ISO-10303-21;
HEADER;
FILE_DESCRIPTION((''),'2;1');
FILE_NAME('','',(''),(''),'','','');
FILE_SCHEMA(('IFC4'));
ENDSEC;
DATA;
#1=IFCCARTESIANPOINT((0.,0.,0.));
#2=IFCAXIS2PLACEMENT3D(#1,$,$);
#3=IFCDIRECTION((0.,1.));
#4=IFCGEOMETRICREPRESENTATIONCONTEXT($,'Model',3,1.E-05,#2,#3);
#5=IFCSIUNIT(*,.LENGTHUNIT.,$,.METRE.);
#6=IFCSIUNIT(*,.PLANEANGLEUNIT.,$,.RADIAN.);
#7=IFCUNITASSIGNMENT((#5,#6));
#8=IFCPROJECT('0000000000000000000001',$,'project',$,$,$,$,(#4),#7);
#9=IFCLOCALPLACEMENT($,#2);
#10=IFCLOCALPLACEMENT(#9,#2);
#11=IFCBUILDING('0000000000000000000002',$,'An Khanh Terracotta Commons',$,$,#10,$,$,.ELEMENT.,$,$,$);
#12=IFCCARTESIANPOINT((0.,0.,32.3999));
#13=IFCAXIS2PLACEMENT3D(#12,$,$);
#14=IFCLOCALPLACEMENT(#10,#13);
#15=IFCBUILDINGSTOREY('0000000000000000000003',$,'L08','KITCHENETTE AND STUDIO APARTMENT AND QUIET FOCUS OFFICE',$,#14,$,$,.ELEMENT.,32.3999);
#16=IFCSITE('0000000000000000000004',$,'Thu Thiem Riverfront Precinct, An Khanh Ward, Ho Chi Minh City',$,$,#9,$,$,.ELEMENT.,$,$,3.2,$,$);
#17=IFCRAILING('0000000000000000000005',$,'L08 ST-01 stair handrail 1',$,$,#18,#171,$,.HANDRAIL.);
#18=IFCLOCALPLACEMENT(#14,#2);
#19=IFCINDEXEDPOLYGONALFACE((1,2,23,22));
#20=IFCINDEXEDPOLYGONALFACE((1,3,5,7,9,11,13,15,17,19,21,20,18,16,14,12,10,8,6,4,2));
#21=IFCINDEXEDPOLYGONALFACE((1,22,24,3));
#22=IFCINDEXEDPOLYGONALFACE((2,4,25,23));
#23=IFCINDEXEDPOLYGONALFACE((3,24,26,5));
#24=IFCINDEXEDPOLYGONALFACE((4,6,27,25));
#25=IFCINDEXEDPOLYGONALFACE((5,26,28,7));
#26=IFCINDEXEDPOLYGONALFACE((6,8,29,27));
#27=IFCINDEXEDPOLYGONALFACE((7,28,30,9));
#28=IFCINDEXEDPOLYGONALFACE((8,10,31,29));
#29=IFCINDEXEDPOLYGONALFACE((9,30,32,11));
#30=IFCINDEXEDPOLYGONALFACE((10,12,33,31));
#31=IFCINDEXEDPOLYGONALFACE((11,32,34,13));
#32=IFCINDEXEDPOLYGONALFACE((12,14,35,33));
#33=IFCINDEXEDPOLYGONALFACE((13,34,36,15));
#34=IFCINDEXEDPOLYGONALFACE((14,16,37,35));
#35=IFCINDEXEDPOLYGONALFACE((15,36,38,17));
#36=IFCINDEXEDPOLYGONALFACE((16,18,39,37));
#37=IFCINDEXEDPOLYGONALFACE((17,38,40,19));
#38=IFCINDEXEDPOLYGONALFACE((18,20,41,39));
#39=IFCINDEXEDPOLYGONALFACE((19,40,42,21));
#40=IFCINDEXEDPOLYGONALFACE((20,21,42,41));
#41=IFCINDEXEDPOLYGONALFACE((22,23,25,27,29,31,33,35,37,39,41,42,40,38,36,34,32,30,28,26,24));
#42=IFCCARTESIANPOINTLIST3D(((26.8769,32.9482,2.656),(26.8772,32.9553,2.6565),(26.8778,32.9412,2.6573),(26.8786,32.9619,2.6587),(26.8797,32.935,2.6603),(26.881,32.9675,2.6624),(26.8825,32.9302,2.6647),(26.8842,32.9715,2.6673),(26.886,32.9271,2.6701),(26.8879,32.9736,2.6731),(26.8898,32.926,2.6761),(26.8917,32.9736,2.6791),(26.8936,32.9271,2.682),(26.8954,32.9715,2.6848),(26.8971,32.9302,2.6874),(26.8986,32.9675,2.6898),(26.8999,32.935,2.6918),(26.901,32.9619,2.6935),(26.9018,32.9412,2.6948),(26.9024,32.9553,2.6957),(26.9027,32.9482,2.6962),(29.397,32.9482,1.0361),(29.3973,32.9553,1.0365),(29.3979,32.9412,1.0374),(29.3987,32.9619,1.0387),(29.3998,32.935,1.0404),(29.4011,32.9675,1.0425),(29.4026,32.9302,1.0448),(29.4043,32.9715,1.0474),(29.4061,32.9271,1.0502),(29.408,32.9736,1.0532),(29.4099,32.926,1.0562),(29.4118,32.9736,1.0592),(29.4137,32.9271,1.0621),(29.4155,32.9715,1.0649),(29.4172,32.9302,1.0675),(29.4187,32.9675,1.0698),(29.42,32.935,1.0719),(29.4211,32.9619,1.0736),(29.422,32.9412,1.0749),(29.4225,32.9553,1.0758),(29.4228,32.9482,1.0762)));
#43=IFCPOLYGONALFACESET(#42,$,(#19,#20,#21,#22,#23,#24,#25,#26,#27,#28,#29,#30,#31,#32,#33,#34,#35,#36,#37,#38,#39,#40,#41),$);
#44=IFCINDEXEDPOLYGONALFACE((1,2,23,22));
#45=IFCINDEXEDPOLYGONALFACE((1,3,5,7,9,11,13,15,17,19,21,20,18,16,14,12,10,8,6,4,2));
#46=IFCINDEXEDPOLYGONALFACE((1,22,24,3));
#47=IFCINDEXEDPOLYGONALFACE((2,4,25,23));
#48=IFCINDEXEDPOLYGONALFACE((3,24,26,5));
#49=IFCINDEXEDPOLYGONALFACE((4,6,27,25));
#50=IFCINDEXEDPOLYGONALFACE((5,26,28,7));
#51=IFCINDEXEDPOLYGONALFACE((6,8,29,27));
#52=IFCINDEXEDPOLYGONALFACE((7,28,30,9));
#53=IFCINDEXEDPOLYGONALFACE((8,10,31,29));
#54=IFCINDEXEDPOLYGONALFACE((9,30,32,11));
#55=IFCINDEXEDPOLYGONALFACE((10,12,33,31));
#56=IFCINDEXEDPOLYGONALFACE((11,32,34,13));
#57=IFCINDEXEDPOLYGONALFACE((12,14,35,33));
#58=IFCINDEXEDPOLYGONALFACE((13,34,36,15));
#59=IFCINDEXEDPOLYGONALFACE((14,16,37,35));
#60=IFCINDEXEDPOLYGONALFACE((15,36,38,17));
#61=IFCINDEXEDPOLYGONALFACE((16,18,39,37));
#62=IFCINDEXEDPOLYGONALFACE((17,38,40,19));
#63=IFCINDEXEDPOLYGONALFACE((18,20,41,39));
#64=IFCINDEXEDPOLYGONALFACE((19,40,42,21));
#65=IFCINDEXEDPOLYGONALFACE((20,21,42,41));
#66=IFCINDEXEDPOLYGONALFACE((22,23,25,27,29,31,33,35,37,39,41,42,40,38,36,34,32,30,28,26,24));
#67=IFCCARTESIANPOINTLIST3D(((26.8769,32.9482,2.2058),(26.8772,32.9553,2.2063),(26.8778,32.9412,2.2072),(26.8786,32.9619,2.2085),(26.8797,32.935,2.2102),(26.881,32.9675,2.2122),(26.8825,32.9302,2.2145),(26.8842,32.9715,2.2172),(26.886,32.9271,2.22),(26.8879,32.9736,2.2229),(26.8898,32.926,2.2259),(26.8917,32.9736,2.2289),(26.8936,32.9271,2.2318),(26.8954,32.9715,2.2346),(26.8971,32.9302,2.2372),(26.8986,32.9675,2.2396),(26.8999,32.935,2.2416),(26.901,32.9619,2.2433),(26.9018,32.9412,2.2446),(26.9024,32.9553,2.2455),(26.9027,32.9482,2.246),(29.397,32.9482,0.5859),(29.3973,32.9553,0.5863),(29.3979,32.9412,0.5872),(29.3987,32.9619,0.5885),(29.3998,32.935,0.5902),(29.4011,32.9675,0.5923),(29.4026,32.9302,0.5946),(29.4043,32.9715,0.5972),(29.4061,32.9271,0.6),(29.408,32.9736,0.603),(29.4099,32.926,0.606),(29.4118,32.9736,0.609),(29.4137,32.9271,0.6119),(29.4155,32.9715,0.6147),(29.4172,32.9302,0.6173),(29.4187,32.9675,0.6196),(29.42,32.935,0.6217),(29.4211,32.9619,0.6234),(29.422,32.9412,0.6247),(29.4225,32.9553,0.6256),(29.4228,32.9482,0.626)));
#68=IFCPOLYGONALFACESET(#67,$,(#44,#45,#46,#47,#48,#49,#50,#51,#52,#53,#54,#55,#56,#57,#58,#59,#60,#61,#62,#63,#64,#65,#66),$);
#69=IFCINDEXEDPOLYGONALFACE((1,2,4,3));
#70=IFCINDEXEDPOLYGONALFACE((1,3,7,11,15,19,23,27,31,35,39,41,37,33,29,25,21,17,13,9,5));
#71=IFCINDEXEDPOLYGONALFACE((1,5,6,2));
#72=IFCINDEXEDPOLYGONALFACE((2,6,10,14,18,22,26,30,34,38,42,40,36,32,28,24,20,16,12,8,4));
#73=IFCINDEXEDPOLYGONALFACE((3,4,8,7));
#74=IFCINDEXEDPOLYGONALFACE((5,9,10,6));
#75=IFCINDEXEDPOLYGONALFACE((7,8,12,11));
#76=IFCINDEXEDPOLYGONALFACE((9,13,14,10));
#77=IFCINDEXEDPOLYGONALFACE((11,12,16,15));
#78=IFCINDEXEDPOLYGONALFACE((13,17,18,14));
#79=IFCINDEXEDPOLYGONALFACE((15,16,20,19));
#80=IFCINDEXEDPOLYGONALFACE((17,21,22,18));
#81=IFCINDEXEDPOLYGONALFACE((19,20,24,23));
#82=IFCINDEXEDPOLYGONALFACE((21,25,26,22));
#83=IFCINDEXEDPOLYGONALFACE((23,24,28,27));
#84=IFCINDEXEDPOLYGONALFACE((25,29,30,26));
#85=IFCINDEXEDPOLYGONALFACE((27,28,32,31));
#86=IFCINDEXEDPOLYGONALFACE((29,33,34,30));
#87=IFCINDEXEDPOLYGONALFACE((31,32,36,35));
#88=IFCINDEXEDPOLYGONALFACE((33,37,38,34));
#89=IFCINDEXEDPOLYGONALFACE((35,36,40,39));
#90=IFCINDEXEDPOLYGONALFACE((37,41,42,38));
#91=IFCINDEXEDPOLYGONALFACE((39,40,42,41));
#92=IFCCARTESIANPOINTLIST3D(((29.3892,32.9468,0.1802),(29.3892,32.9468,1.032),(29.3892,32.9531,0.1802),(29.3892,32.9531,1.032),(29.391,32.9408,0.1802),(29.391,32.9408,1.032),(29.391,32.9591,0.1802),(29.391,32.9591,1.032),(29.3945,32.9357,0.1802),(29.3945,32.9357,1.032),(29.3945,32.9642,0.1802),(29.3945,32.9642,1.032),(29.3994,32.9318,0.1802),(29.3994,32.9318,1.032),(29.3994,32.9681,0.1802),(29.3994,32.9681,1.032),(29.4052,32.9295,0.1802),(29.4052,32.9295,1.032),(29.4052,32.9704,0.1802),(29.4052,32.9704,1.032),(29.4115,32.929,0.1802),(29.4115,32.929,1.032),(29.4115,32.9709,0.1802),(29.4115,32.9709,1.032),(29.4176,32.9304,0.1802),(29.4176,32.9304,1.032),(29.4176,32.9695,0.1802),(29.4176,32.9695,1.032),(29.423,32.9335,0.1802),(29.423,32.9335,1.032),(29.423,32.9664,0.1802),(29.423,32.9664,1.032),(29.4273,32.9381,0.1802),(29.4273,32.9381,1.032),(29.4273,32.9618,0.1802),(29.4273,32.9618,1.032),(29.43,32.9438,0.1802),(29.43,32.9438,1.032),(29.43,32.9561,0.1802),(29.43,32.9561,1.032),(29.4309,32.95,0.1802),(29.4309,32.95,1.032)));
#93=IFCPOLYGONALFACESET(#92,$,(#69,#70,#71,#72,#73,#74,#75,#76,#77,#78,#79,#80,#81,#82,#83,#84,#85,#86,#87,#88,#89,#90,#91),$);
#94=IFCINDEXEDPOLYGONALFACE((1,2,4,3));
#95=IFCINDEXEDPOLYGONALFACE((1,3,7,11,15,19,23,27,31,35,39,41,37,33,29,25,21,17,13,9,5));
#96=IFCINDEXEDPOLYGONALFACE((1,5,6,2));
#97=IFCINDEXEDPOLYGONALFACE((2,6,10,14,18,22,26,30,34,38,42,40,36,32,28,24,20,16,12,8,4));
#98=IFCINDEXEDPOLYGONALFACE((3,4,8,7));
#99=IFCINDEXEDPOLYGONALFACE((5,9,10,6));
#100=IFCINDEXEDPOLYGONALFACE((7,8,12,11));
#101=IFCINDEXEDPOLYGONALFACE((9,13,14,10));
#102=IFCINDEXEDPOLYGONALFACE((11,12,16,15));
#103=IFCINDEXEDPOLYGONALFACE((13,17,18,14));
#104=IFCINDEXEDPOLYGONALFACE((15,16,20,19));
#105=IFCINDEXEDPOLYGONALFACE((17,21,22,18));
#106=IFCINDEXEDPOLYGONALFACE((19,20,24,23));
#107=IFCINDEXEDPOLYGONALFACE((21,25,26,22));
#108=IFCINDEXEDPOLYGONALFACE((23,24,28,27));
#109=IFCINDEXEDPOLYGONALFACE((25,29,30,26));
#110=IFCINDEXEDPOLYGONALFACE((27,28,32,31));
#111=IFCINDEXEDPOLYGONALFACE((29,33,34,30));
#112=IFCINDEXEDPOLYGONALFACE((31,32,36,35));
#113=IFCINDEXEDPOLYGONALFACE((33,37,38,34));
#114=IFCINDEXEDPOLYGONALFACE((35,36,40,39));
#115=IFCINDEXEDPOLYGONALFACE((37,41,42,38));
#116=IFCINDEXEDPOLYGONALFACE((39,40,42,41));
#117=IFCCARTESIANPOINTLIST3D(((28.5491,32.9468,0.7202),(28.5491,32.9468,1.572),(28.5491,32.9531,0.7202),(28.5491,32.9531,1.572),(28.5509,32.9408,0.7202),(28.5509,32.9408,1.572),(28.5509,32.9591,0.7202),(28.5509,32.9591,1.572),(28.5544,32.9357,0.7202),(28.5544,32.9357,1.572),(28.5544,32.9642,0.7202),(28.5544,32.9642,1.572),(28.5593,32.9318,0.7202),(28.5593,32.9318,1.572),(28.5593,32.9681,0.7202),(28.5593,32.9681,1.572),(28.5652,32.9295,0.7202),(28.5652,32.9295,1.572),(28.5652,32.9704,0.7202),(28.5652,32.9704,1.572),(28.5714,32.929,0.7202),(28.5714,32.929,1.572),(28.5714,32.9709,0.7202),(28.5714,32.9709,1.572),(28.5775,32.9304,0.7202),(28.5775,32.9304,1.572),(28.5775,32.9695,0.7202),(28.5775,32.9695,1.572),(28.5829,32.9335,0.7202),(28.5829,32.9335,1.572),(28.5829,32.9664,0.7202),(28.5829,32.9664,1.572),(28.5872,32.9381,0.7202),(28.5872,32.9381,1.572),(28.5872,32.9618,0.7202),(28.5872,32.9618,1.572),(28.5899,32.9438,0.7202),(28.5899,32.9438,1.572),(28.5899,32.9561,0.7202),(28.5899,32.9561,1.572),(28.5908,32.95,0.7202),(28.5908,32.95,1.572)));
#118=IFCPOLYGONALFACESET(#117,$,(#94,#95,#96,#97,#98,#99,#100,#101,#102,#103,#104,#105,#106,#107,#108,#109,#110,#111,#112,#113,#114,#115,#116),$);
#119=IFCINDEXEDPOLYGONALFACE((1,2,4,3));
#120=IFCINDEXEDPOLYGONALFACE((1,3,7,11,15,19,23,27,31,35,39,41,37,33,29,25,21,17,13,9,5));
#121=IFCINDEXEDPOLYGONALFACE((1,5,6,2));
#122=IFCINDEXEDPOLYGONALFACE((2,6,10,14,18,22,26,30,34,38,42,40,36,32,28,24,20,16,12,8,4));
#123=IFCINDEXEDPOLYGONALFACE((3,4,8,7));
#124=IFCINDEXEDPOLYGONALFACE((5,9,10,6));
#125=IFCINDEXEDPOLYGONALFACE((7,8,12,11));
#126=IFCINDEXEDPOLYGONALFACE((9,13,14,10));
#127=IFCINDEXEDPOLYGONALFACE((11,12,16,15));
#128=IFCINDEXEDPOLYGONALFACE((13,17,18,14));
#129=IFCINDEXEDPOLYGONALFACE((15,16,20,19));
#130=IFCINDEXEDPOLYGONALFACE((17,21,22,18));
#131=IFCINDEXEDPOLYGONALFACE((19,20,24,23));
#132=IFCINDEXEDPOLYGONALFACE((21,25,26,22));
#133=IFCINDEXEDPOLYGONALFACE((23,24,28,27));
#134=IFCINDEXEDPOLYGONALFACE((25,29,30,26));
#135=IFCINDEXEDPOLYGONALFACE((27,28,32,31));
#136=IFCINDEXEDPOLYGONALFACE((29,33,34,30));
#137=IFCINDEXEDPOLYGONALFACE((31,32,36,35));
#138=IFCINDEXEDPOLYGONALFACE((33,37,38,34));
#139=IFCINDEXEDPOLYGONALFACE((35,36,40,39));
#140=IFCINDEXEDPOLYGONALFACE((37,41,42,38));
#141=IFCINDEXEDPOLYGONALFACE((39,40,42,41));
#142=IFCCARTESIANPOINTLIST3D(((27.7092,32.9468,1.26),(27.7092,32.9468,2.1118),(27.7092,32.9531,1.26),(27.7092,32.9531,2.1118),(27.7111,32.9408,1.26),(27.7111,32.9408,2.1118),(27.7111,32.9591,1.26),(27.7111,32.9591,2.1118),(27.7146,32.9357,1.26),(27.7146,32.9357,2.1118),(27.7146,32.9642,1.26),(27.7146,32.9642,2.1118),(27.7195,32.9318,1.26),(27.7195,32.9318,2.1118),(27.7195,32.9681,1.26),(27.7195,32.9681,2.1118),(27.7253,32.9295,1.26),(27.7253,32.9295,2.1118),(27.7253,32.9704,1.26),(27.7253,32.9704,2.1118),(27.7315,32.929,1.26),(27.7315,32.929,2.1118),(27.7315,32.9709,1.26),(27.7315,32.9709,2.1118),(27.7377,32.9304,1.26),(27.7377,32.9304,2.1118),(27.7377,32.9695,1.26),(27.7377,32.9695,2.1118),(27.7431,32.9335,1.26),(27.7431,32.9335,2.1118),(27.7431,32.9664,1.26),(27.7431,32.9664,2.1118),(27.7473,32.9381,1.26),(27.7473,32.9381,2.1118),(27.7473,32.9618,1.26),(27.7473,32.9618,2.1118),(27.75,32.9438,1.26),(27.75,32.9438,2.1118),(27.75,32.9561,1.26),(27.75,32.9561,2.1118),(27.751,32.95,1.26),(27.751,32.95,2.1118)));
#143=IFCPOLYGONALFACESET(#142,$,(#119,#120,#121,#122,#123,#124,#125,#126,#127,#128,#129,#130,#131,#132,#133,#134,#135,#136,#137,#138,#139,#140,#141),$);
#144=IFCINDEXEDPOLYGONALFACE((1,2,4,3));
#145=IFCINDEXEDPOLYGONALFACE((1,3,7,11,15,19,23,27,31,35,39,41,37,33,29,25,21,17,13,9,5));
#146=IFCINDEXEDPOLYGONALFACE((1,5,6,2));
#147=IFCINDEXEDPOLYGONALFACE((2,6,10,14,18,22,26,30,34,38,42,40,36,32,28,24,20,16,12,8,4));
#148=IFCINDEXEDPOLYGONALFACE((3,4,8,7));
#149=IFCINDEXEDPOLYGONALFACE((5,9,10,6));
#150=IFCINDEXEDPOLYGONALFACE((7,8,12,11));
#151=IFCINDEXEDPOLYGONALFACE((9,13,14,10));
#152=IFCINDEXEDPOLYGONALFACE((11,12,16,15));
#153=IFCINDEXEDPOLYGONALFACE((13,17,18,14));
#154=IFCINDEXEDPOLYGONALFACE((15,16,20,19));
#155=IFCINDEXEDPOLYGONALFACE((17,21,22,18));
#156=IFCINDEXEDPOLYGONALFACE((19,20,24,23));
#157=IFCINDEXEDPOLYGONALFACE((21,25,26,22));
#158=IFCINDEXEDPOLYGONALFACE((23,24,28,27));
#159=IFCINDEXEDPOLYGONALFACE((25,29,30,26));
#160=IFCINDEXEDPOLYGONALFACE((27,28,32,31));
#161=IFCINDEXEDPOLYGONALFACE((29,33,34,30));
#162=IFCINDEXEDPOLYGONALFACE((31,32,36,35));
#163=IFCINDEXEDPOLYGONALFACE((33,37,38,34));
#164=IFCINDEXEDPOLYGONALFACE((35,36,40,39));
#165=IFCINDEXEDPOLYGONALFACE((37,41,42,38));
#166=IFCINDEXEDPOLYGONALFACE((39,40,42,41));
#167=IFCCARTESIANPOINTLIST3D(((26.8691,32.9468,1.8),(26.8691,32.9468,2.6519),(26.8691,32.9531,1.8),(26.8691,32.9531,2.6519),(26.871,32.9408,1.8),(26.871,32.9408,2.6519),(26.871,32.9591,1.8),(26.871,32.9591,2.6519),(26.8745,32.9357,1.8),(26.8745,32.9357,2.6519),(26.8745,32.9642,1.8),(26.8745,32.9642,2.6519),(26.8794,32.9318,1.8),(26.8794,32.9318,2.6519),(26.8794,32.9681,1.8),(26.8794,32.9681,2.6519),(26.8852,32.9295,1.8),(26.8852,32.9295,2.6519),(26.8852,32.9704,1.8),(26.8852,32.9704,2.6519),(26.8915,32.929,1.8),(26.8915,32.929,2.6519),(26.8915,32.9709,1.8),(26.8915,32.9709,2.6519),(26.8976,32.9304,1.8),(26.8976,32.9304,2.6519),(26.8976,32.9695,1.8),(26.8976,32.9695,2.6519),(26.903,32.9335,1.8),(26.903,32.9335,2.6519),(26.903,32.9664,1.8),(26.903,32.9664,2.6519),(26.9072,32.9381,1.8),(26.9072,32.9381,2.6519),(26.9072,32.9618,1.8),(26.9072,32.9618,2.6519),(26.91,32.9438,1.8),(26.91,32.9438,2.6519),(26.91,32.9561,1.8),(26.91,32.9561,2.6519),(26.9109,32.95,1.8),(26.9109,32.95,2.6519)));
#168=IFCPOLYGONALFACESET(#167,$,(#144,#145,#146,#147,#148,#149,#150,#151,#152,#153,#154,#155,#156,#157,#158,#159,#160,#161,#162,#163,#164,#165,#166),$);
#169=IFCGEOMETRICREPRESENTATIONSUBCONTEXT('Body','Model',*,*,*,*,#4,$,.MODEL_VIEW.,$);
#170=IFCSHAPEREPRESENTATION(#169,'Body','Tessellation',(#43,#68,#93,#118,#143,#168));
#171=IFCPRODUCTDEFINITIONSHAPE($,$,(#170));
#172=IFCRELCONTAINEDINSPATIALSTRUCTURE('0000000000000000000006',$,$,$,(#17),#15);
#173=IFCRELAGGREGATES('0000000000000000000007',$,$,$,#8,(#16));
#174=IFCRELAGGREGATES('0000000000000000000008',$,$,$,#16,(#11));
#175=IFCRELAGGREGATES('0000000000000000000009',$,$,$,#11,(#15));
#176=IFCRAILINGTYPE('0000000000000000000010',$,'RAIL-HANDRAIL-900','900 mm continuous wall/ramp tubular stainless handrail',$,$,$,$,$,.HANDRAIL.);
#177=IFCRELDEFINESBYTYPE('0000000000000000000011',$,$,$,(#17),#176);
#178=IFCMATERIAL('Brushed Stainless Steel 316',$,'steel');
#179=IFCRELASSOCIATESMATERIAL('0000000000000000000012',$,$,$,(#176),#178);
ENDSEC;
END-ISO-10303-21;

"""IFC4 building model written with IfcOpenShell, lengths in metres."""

from ifc_helpers import new_model, si_unit, direction, frame, origin, origin_2d, place, context, subcontext, project, spatial, circle, extrude, material, type_object, element, save


model = new_model("IFC4")

# Units and contexts
model_context = context("Model", 3, precision=1e-05, world=origin(), true_north=direction((0.0, 1.0)))
body_context = subcontext(model_context, "Body", "Model", "MODEL_VIEW")
ifc_project = project(units=[si_unit("LENGTHUNIT", "METRE"), si_unit("PLANEANGLEUNIT", "RADIAN")], contexts=[model_context])

# Site, building, storey
site_placement = place(None, origin())
site = spatial("IfcSite", under=ifc_project, at=site_placement, Name="Thu Thiem Riverfront Precinct, An Khanh Ward, Ho Chi Minh City", CompositionType="ELEMENT", RefElevation=3.2)
building_placement = place(site_placement, origin())
building = spatial("IfcBuilding", under=site, at=building_placement, Name="An Khanh Terracotta Commons", CompositionType="ELEMENT")
storey_placement = place(building_placement, frame((0.0, 0.0, 32.3999)))
storey = spatial("IfcBuildingStorey", under=building, at=storey_placement, Name="L08", Description="KITCHENETTE AND STUDIO APARTMENT AND QUIET FOCUS OFFICE", CompositionType="ELEMENT", Elevation=32.3999)

# Railing
ifc_material_1 = material(Name="Brushed Stainless Steel 316", Category="steel")
railing_type_1 = type_object("IfcRailingType", Name="RAIL-HANDRAIL-900", Description="900 mm continuous wall/ramp tubular stainless handrail", PredefinedType="HANDRAIL", material=ifc_material_1)
railing_1_placement = place(storey_placement, frame((29.4099, 32.95, 0.1802)))
element("IfcRailing", 1, at=railing_1_placement, inside=storey, type_object=railing_type_1, Name="L08 ST-01 stair handrail 1", PredefinedType="HANDRAIL", context=body_context, shape_type="SweptSolid", body=[
    extrude(circle(Radius=0.0239, at=origin_2d()), frame((0.0, 0.0, 0.876), z_axis=(-0.8412, 0.0, 0.540725), x_axis=(0.0, -1.0, 0.0)), (0.0, 0.0, 1.0), 2.9958),
    extrude(circle(Radius=0.0239, at=origin_2d()), frame((0.0, 0.0, 0.4258), z_axis=(-0.8412, 0.0, 0.540725), x_axis=(0.0, -1.0, 0.0)), (0.0, 0.0, 1.0), 2.9958),
    extrude(circle(Radius=0.021, at=origin_2d()), origin(), (0.0, 0.0, 1.0), 0.8518),
    extrude(circle(Radius=0.021, at=origin_2d()), frame((-0.8401, 0.0, 0.54)), (0.0, 0.0, 1.0), 0.8518),
    extrude(circle(Radius=0.021, at=origin_2d()), frame((-1.6799, 0.0, 1.0798)), (0.0, 0.0, 1.0), 0.8518),
    extrude(circle(Radius=0.021, at=origin_2d()), frame((-2.52, 0.0, 1.6199)), (0.0, 0.0, 1.0), 0.8518),
])

save(model, "model.ifc")
